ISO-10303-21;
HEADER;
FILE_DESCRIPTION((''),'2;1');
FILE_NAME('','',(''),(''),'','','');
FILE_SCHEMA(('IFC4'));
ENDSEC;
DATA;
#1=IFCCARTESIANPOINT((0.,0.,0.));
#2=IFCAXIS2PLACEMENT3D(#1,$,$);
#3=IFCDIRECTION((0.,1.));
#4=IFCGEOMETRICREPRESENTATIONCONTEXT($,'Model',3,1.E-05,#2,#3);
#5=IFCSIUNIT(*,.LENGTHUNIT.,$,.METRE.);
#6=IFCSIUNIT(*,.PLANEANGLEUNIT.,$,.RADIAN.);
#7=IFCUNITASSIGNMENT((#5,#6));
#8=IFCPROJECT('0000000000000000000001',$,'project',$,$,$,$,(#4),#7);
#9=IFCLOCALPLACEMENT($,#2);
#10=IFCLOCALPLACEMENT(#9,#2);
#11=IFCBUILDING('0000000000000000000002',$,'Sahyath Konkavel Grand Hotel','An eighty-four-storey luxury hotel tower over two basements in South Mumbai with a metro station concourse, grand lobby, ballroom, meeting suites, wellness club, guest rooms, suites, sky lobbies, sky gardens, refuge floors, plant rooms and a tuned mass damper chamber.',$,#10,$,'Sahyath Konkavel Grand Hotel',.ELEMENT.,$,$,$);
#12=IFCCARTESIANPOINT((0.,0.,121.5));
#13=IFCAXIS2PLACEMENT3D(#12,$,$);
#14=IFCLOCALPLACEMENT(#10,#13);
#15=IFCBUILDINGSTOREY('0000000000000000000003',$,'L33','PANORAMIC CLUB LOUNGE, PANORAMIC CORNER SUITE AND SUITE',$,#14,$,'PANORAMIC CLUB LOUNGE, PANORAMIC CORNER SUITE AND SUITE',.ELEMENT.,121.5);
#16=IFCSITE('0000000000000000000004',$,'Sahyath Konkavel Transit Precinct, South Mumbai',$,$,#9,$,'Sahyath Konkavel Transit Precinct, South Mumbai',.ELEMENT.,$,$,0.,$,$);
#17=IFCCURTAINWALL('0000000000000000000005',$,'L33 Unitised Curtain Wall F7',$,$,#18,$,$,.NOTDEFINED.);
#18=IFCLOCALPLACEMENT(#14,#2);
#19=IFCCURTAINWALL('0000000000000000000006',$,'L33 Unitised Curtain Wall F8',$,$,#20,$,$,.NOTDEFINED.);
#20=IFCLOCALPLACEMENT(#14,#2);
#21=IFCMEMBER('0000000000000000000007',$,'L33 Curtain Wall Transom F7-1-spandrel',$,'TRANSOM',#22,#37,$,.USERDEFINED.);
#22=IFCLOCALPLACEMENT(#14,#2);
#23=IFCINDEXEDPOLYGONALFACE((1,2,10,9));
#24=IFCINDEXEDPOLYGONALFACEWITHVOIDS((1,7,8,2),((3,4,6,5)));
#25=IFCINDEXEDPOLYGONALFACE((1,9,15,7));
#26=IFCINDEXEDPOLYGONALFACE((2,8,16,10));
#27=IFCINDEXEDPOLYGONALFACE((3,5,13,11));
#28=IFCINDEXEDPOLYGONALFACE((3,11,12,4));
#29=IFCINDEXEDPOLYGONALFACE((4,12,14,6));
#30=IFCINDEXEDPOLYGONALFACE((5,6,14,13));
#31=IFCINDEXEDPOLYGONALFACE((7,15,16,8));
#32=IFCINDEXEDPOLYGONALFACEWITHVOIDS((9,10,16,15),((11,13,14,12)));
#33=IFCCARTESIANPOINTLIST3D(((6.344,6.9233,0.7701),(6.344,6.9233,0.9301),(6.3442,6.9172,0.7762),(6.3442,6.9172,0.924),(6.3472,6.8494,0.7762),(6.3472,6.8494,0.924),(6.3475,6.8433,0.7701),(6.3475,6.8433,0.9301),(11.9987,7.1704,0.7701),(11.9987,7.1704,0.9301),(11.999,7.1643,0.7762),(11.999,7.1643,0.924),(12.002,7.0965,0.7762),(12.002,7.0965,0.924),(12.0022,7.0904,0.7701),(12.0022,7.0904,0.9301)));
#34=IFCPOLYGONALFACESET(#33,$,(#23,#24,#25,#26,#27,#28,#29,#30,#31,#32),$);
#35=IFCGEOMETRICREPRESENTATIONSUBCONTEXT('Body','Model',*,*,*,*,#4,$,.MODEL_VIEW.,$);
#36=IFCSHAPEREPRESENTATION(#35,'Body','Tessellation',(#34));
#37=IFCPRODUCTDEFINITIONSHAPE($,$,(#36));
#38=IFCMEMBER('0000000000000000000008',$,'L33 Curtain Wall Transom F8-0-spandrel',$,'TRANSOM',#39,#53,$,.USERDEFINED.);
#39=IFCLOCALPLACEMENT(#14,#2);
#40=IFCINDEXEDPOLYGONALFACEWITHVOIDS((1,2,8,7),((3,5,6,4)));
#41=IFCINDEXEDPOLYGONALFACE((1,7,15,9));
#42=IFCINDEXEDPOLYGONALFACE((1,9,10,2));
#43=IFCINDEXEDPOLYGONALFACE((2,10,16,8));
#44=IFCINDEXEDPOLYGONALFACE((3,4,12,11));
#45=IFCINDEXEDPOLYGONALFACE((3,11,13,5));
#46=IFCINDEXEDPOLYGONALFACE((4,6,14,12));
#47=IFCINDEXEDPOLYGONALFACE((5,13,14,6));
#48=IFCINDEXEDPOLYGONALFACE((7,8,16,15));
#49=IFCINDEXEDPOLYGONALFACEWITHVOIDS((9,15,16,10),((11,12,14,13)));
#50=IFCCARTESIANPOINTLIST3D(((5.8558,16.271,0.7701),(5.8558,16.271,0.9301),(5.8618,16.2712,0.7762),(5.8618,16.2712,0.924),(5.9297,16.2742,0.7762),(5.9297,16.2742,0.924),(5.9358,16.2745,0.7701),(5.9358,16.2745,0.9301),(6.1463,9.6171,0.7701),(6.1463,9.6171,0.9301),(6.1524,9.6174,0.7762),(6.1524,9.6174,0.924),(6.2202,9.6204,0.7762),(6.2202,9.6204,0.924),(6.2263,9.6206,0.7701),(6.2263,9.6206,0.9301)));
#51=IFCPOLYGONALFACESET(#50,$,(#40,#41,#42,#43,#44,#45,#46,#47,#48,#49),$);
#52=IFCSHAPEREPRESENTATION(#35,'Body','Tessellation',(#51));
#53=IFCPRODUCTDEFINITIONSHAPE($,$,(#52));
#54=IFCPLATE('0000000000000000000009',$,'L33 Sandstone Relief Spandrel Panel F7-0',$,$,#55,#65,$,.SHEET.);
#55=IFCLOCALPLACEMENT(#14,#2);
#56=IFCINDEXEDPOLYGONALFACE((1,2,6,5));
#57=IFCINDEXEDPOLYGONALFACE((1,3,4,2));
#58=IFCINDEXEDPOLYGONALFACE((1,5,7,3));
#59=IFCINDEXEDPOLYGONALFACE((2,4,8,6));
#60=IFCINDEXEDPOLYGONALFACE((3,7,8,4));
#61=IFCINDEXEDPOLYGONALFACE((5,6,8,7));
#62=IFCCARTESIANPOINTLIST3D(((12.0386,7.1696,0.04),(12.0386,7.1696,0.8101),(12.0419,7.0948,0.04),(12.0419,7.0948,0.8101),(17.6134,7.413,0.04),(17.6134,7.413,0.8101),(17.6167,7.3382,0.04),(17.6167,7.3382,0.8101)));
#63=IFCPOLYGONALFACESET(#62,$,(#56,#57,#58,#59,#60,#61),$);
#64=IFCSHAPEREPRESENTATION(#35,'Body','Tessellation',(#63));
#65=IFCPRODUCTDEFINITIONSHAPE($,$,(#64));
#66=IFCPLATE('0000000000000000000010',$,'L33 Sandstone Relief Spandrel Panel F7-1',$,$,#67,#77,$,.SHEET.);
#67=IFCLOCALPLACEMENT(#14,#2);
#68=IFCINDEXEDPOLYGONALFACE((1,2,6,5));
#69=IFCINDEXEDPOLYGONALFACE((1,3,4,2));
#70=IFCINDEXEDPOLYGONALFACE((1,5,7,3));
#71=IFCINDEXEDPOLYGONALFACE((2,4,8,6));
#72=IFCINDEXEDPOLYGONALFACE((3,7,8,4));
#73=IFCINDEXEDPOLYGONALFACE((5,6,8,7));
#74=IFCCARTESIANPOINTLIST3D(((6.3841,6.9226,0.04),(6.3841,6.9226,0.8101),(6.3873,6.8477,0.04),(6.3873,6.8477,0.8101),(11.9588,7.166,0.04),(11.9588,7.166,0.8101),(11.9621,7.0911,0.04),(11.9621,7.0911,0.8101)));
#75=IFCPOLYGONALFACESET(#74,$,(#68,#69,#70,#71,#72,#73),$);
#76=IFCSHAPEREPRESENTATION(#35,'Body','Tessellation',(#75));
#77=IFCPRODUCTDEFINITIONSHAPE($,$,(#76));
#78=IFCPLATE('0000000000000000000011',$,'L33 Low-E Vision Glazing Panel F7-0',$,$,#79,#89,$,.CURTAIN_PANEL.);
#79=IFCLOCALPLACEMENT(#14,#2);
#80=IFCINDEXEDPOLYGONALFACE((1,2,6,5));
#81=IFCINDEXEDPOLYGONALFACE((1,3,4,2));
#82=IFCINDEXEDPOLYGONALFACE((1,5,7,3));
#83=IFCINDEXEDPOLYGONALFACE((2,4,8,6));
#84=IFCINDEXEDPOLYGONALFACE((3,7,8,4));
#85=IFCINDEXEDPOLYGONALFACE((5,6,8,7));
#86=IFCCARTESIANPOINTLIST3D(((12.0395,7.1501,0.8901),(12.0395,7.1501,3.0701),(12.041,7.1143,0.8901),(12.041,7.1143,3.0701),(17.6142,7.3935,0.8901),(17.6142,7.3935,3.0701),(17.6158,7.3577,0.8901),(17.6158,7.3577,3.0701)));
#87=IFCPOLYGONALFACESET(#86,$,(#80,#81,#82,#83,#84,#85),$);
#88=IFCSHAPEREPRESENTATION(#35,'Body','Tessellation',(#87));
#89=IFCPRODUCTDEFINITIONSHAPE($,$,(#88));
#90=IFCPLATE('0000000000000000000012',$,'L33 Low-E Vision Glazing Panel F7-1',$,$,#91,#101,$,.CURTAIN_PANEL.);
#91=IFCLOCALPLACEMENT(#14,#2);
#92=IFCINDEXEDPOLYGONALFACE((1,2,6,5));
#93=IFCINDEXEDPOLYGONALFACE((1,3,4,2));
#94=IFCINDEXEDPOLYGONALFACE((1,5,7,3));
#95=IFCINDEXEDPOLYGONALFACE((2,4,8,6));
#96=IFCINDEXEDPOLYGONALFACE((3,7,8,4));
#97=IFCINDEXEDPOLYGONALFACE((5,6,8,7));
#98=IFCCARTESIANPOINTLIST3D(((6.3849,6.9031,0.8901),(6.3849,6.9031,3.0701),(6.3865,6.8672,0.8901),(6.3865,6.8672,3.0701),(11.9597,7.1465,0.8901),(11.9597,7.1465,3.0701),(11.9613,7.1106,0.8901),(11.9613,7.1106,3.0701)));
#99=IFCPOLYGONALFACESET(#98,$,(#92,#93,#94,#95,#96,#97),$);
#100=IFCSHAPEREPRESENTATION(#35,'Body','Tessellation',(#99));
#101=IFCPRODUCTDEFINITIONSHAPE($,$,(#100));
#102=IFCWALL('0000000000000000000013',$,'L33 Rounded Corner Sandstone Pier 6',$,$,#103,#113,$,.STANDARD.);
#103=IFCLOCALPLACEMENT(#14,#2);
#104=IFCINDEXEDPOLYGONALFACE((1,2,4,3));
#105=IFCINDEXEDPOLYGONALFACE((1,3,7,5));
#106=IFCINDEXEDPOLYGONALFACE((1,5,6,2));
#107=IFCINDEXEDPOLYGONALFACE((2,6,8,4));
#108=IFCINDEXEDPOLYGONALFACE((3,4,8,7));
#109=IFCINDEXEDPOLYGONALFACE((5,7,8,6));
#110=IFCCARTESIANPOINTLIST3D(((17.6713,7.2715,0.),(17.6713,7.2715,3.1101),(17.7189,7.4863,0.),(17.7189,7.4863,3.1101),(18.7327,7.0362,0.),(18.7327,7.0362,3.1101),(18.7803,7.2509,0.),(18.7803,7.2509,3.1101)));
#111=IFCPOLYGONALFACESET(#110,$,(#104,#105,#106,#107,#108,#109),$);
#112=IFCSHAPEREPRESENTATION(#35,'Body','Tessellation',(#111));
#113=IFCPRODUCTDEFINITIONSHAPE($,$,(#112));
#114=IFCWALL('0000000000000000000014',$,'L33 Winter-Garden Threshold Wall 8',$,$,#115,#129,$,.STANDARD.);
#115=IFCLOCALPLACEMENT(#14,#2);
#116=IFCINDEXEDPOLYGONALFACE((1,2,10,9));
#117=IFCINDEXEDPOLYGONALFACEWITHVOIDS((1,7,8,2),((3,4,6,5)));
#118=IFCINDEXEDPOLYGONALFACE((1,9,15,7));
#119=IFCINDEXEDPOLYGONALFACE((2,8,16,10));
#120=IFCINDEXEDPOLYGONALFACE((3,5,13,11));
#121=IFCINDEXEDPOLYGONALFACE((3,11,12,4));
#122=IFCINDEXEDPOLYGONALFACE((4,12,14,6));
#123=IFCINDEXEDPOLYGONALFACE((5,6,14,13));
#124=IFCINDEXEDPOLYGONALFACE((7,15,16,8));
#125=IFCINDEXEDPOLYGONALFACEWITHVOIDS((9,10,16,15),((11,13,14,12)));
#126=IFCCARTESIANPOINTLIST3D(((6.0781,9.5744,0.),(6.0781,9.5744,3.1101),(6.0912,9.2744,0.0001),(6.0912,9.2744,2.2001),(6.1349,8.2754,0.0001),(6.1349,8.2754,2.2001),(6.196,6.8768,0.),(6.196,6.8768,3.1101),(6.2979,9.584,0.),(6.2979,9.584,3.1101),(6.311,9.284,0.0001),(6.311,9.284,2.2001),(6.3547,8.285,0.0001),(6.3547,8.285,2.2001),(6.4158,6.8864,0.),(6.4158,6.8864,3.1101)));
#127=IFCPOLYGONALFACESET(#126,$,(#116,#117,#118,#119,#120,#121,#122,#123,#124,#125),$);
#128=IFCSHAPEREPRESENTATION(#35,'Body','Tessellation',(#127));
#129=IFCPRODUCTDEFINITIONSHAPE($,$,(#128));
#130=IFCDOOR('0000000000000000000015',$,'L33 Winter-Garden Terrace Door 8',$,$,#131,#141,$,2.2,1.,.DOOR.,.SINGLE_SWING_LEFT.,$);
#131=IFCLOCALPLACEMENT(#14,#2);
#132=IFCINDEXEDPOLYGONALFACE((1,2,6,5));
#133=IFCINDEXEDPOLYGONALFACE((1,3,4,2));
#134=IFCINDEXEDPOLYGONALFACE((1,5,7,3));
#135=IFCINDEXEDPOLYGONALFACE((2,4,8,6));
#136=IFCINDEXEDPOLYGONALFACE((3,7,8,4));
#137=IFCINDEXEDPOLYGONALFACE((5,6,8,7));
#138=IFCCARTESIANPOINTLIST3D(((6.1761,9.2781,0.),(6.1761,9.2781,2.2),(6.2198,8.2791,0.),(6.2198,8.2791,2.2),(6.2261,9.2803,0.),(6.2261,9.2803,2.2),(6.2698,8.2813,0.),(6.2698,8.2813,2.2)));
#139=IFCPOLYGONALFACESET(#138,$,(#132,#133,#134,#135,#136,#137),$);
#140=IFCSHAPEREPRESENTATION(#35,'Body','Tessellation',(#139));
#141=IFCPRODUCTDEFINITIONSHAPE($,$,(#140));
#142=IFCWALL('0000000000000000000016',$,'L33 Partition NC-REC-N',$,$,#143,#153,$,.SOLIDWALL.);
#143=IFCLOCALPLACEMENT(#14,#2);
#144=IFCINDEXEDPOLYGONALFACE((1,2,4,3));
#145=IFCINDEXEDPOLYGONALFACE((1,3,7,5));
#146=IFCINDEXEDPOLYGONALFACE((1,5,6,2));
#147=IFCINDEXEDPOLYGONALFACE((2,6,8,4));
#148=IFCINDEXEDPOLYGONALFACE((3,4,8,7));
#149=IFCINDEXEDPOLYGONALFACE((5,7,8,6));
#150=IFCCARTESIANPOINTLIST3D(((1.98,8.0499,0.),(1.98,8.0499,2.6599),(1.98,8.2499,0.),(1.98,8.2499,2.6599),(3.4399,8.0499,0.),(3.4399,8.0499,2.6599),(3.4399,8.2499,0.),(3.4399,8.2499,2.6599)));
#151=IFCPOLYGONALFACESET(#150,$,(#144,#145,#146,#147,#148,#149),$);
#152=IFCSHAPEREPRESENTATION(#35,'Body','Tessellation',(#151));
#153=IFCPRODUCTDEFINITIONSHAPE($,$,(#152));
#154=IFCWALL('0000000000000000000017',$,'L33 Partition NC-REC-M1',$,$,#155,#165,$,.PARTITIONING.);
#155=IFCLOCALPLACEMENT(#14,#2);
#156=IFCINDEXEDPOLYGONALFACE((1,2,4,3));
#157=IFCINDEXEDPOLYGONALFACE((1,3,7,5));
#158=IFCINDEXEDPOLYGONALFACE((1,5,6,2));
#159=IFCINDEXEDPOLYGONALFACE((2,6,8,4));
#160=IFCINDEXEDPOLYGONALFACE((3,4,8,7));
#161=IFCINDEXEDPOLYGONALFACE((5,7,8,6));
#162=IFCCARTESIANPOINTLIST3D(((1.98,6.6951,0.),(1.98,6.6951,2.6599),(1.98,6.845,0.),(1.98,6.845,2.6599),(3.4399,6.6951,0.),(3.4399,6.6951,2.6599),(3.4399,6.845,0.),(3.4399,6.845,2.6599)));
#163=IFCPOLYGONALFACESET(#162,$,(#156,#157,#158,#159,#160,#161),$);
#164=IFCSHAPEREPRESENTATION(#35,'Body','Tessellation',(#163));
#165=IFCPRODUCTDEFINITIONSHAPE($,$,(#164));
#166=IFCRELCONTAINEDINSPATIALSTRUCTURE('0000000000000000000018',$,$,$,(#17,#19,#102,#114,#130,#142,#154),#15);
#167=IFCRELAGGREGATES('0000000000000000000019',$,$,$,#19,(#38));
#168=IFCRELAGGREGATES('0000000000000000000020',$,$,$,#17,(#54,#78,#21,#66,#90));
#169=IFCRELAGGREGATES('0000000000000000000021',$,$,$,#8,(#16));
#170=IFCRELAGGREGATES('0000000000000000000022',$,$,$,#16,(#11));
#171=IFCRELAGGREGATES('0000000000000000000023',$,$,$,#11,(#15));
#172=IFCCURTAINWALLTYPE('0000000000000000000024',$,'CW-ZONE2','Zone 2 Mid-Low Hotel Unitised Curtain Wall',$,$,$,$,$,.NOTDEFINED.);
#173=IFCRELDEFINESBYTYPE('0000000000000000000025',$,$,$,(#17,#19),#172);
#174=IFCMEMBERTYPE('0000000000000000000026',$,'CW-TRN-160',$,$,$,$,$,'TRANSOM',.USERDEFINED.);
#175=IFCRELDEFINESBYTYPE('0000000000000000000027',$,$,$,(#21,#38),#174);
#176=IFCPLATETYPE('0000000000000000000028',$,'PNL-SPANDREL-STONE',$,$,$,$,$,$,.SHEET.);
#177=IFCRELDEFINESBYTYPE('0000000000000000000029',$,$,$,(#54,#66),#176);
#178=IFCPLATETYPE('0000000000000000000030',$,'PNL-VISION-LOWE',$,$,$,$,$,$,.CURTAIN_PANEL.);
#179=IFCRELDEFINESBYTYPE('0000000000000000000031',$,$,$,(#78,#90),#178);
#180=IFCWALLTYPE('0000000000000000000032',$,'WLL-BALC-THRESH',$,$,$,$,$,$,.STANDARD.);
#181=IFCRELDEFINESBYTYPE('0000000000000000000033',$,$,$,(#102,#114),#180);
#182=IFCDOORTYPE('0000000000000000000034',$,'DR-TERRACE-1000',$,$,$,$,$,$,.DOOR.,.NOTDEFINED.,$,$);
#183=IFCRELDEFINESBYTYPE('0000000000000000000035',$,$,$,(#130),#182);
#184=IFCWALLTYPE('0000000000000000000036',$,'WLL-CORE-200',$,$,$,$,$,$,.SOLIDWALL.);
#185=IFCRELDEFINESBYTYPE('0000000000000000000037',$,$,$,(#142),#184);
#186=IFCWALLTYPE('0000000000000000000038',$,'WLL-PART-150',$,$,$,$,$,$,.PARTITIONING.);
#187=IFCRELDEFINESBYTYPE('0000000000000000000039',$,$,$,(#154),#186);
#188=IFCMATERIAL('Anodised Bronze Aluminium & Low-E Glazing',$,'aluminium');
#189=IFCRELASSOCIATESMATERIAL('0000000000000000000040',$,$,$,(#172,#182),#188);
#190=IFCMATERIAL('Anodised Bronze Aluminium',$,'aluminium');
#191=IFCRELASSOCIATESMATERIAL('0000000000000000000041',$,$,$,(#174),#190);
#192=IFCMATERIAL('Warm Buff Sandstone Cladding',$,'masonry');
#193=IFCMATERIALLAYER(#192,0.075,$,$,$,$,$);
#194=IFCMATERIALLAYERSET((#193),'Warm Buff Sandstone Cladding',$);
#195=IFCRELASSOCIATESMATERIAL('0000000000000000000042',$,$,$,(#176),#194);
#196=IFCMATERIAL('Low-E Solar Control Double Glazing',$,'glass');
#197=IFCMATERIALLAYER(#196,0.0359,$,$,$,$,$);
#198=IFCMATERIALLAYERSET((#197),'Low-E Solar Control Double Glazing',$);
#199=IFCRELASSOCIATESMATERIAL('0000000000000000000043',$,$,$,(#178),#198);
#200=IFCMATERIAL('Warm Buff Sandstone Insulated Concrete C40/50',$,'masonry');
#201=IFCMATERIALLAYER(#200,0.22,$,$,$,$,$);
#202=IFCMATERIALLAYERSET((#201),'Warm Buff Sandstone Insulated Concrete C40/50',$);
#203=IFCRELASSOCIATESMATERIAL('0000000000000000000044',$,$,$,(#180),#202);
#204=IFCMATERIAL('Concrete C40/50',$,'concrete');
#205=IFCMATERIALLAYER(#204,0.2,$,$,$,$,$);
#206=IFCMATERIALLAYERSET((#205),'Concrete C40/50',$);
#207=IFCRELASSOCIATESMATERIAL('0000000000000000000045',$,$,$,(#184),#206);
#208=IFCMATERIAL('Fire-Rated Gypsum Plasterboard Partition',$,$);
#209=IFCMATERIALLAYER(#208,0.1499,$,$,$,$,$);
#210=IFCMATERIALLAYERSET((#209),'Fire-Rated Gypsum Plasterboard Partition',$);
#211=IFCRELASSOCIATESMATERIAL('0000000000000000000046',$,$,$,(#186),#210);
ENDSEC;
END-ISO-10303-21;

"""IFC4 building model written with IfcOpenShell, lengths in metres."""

from ifc_helpers import new_model, si_unit, direction, frame, frame_2d, origin, origin_2d, place, context, subcontext, project, spatial, rectangle, hollow_rectangle, extrude, source, transform, mapped, material, layer, layer_set, material_profile, profile_set, type_object, element, fill, aggregate, save


model = new_model("IFC4")

# Units and contexts
model_context = context("Model", 3, precision=1e-05, world=origin(), true_north=direction((0.0, 1.0)))
body_context = subcontext(model_context, "Body", "Model", "MODEL_VIEW")
ifc_project = project(units=[si_unit("LENGTHUNIT", "METRE"), si_unit("PLANEANGLEUNIT", "RADIAN")], contexts=[model_context])

# Site, building, storey
site_placement = place(None, origin())
site = spatial("IfcSite", under=ifc_project, at=site_placement, Name="Sahyath Konkavel Transit Precinct, South Mumbai", LongName="Sahyath Konkavel Transit Precinct, South Mumbai", CompositionType="ELEMENT", RefElevation=0.0)
building_placement = place(site_placement, origin())
building = spatial("IfcBuilding", under=site, at=building_placement, Name="Sahyath Konkavel Grand Hotel", Description="An eighty-four-storey luxury hotel tower over two basements in South Mumbai with a metro station concourse, grand lobby, ballroom, meeting suites, wellness club, guest rooms, suites, sky lobbies, sky gardens, refuge floors, plant rooms and a tuned mass damper chamber.", LongName="Sahyath Konkavel Grand Hotel", CompositionType="ELEMENT")
storey_placement = place(building_placement, frame((0.0, 0.0, 121.5)))
storey = spatial("IfcBuildingStorey", under=building, at=storey_placement, Name="L33", Description="PANORAMIC CLUB LOUNGE, PANORAMIC CORNER SUITE AND SUITE", LongName="PANORAMIC CLUB LOUNGE, PANORAMIC CORNER SUITE AND SUITE", CompositionType="ELEMENT", Elevation=121.5)

# Curtain wall
ifc_material_1 = material(Name="Anodised Bronze Aluminium & Low-E Glazing", Category="aluminium")
curtain_wall_type = type_object("IfcCurtainWallType", Name="CW-ZONE2", Description="Zone 2 Mid-Low Hotel Unitised Curtain Wall", PredefinedType="NOTDEFINED", material=ifc_material_1)
curtain_wall_1_placement = place(storey_placement, origin())
curtain_wall_1 = element("IfcCurtainWall", 1, at=curtain_wall_1_placement, inside=storey, type_object=curtain_wall_type, Name="L33 Unitised Curtain Wall F7", PredefinedType="NOTDEFINED")
ifc_material_2 = material(Name="Anodised Bronze Aluminium", Category="aluminium")

# Curtain wall
curtain_wall_2_placement = place(storey_placement, origin())
curtain_wall_2 = element("IfcCurtainWall", 2, at=curtain_wall_2_placement, inside=storey, type_object=curtain_wall_type, Name="L33 Unitised Curtain Wall F8", PredefinedType="NOTDEFINED")

# Members
ifc_material_profile_1 = material_profile(ifc_material_2, hollow_rectangle(XDim=0.0801, YDim=0.1599, WallThickness=0.0061, at=origin_2d()), Name="RHS 160x80x6")
ifc_profile_set_1 = profile_set([ifc_material_profile_1], Name="Anodised Bronze Aluminium")
member_type_1 = type_object("IfcMemberType", Name="CW-TRN-160", ElementType="TRANSOM", PredefinedType="USERDEFINED", material=ifc_profile_set_1)
shared_shape_1 = source(origin(), body_context, "Body", "SweptSolid", [
    extrude(hollow_rectangle(XDim=0.0801, YDim=0.1599, WallThickness=0.0061, at=origin_2d()), origin(), (0.0, 0.0, 1.0), 5.6602),
])
member_1_placement = place(storey_placement, frame((12.0005, 7.1304, 0.8501), z_axis=(-0.999047, -0.043651, 0.0), x_axis=(0.043651, -0.999047, 0.0)))
member_1 = element("IfcMember", 3, at=member_1_placement, type_object=member_type_1, Name="L33 Curtain Wall Transom F7-1-spandrel", ObjectType="TRANSOM", PredefinedType="USERDEFINED", context=body_context, shape_type="MappedRepresentation", body=[
    mapped(shared_shape_1, transform((0.0, 0.0, 0.0), scale=1.0)),
])
shared_shape_2 = source(origin(), body_context, "Body", "SweptSolid", [
    extrude(hollow_rectangle(XDim=0.0801, YDim=0.1599, WallThickness=0.0061, at=origin_2d()), origin(), (0.0, 0.0, 1.0), 6.6602),
])
member_2_placement = place(storey_placement, frame((6.1863, 9.6189, 0.8501), z_axis=(-0.043622, 0.999048, 0.0), x_axis=(-0.999048, -0.043622, 0.0)))
member_2 = element("IfcMember", 4, at=member_2_placement, type_object=member_type_1, Name="L33 Curtain Wall Transom F8-0-spandrel", ObjectType="TRANSOM", PredefinedType="USERDEFINED", context=body_context, shape_type="MappedRepresentation", body=[
    mapped(shared_shape_2, transform((0.0, 0.0, 0.0), scale=1.0)),
])
aggregate(curtain_wall_2, [member_2])

# Plates
ifc_material_3 = material(Name="Warm Buff Sandstone Cladding", Category="masonry")
ifc_layer_1 = layer(ifc_material_3, 0.075)
ifc_layer_set_1 = layer_set([ifc_layer_1], Name="Warm Buff Sandstone Cladding")
plate_type_1 = type_object("IfcPlateType", Name="PNL-SPANDREL-STONE", PredefinedType="SHEET", material=ifc_layer_set_1)
shared_shape_3 = source(origin(), body_context, "Body", "SweptSolid", [
    extrude(rectangle(XDim=5.5801, YDim=0.075, at=origin_2d()), origin(), (0.0, 0.0, 1.0), 0.77),
])
plate_1_placement = place(storey_placement, frame((14.8276, 7.2539, 0.04), z_axis=(0.0, 0.0, 1.0), x_axis=(-0.999048, -0.043619, 0.0)))
plate_1 = element("IfcPlate", 5, at=plate_1_placement, type_object=plate_type_1, Name="L33 Sandstone Relief Spandrel Panel F7-0", PredefinedType="SHEET", context=body_context, shape_type="MappedRepresentation", body=[
    mapped(shared_shape_3, transform((0.0, 0.0, 0.0), scale=1.0)),
])
plate_2_placement = place(storey_placement, frame((9.1731, 7.0068, 0.04), z_axis=(0.0, 0.0, 1.0), x_axis=(-0.999048, -0.043619, 0.0)))
plate_2 = element("IfcPlate", 6, at=plate_2_placement, type_object=plate_type_1, Name="L33 Sandstone Relief Spandrel Panel F7-1", PredefinedType="SHEET", context=body_context, shape_type="MappedRepresentation", body=[
    mapped(shared_shape_3, transform((0.0, 0.0, 0.0), scale=1.0)),
])
ifc_material_4 = material(Name="Low-E Solar Control Double Glazing", Category="glass")
ifc_layer_2 = layer(ifc_material_4, 0.0359)
ifc_layer_set_2 = layer_set([ifc_layer_2], Name="Low-E Solar Control Double Glazing")
plate_type_2 = type_object("IfcPlateType", Name="PNL-VISION-LOWE", PredefinedType="CURTAIN_PANEL", material=ifc_layer_set_2)
shared_shape_4 = source(origin(), body_context, "Body", "SweptSolid", [
    extrude(rectangle(XDim=5.5801, YDim=0.0359, at=origin_2d()), origin(), (0.0, 0.0, 1.0), 2.1799),
])
plate_3_placement = place(storey_placement, frame((14.8276, 7.2539, 0.8901), z_axis=(0.0, 0.0, 1.0), x_axis=(-0.999048, -0.043619, 0.0)))
plate_3 = element("IfcPlate", 7, at=plate_3_placement, type_object=plate_type_2, Name="L33 Low-E Vision Glazing Panel F7-0", PredefinedType="CURTAIN_PANEL", context=body_context, shape_type="MappedRepresentation", body=[
    mapped(shared_shape_4, transform((0.0, 0.0, 0.0), scale=1.0)),
])
plate_4_placement = place(storey_placement, frame((9.1731, 7.0068, 0.8901), z_axis=(0.0, 0.0, 1.0), x_axis=(-0.999048, -0.043619, 0.0)))
plate_4 = element("IfcPlate", 8, at=plate_4_placement, type_object=plate_type_2, Name="L33 Low-E Vision Glazing Panel F7-1", PredefinedType="CURTAIN_PANEL", context=body_context, shape_type="MappedRepresentation", body=[
    mapped(shared_shape_4, transform((0.0, 0.0, 0.0), scale=1.0)),
])
aggregate(curtain_wall_1, [plate_1, plate_3, member_1, plate_2, plate_4])

# Wall
ifc_material_5 = material(Name="Warm Buff Sandstone Insulated Concrete C40/50", Category="masonry")
ifc_layer_3 = layer(ifc_material_5, 0.22)
ifc_layer_set_3 = layer_set([ifc_layer_3], Name="Warm Buff Sandstone Insulated Concrete C40/50")
wall_type_1 = type_object("IfcWallType", Name="WLL-BALC-THRESH", PredefinedType="STANDARD", material=ifc_layer_set_3)
wall_1_placement = place(storey_placement, frame((18.7563, 7.1436, 0.0), z_axis=(0.0, 0.0, 1.0), x_axis=(-0.976282, 0.216502, 0.0)))
element("IfcWall", 9, at=wall_1_placement, inside=storey, type_object=wall_type_1, Name="L33 Rounded Corner Sandstone Pier 6", PredefinedType="STANDARD", context=body_context, shape_type="SweptSolid", body=[
    extrude(rectangle(XDim=1.0872, YDim=0.22, at=frame_2d((0.5435, 0.0))), origin(), (0.0, 0.0, 1.0), 3.1101),
])

# Wall, opening, door
wall_2_placement = place(storey_placement, frame((6.3059, 6.8816, 0.0), z_axis=(0.0, 0.0, 1.0), x_axis=(-0.043673, 0.999046, 0.0)))
wall_2 = element("IfcWall", 10, at=wall_2_placement, inside=storey, type_object=wall_type_1, Name="L33 Winter-Garden Threshold Wall 8", PredefinedType="STANDARD", context=body_context, shape_type="SweptSolid", body=[
    extrude(rectangle(XDim=2.7002, YDim=0.22, at=frame_2d((1.3501, 0.0))), origin(), (0.0, 0.0, 1.0), 3.1101),
])
opening_1_placement = place(wall_2_placement, frame((1.3999, 0.0, 0.0)))
opening_1 = element("IfcOpeningElement", 11, at=opening_1_placement, cuts=wall_2, PredefinedType="OPENING", context=body_context, shape_type="SweptSolid", body=[
    extrude(rectangle(XDim=1.0, YDim=2.2, at=frame_2d((0.5, 1.1001))), frame((0.0, 0.1201, 0.0), z_axis=(0.0, -1.0, 0.0), x_axis=(1.0, 0.0, 0.0)), (0.0, 0.0, 1.0), 0.24),
])
door_type_1 = type_object("IfcDoorType", Name="DR-TERRACE-1000", OperationType="NOTDEFINED", PredefinedType="DOOR", material=ifc_material_1)
shared_shape_5 = source(origin(), body_context, "Body", "SweptSolid", [
    extrude(rectangle(XDim=1.0, YDim=0.05, at=origin_2d()), origin(), (0.0, 0.0, 1.0), 2.2),
])
door_1_placement = place(opening_1_placement, frame((0.5, 0.0, 0.0)))
door_1 = element("IfcDoor", 12, at=door_1_placement, inside=storey, type_object=door_type_1, Name="L33 Winter-Garden Terrace Door 8", OperationType="SINGLE_SWING_LEFT", OverallHeight=2.2, OverallWidth=1.0, PredefinedType="DOOR", context=body_context, shape_type="MappedRepresentation", body=[
    mapped(shared_shape_5, transform((0.0, 0.0, 0.0), scale=1.0)),
])
fill(opening_1, door_1)

# Walls
ifc_material_6 = material(Name="Concrete C40/50", Category="concrete")
ifc_layer_4 = layer(ifc_material_6, 0.2)
ifc_layer_set_4 = layer_set([ifc_layer_4], Name="Concrete C40/50")
wall_type_2 = type_object("IfcWallType", Name="WLL-CORE-200", PredefinedType="SOLIDWALL", material=ifc_layer_set_4)
wall_3_placement = place(storey_placement, frame((1.98, 8.1499, 0.0), z_axis=(0.0, 0.0, 1.0), x_axis=(1.0, 0.0, 0.0)))
element("IfcWall", 13, at=wall_3_placement, inside=storey, type_object=wall_type_2, Name="L33 Partition NC-REC-N", PredefinedType="SOLIDWALL", context=body_context, shape_type="SweptSolid", body=[
    extrude(rectangle(XDim=1.46, YDim=0.2, at=frame_2d((0.73, 0.0))), origin(), (0.0, 0.0, 1.0), 2.6599),
])
ifc_material_7 = material(Name="Fire-Rated Gypsum Plasterboard Partition")
ifc_layer_5 = layer(ifc_material_7, 0.1499)
ifc_layer_set_5 = layer_set([ifc_layer_5], Name="Fire-Rated Gypsum Plasterboard Partition")
wall_type_3 = type_object("IfcWallType", Name="WLL-PART-150", PredefinedType="PARTITIONING", material=ifc_layer_set_5)
wall_4_placement = place(storey_placement, frame((1.98, 6.77, 0.0), z_axis=(0.0, 0.0, 1.0), x_axis=(1.0, 0.0, 0.0)))
element("IfcWall", 14, at=wall_4_placement, inside=storey, type_object=wall_type_3, Name="L33 Partition NC-REC-M1", PredefinedType="PARTITIONING", context=body_context, shape_type="SweptSolid", body=[
    extrude(rectangle(XDim=1.46, YDim=0.1499, at=frame_2d((0.73, 0.0))), origin(), (0.0, 0.0, 1.0), 2.6599),
])

save(model, "model.ifc")
